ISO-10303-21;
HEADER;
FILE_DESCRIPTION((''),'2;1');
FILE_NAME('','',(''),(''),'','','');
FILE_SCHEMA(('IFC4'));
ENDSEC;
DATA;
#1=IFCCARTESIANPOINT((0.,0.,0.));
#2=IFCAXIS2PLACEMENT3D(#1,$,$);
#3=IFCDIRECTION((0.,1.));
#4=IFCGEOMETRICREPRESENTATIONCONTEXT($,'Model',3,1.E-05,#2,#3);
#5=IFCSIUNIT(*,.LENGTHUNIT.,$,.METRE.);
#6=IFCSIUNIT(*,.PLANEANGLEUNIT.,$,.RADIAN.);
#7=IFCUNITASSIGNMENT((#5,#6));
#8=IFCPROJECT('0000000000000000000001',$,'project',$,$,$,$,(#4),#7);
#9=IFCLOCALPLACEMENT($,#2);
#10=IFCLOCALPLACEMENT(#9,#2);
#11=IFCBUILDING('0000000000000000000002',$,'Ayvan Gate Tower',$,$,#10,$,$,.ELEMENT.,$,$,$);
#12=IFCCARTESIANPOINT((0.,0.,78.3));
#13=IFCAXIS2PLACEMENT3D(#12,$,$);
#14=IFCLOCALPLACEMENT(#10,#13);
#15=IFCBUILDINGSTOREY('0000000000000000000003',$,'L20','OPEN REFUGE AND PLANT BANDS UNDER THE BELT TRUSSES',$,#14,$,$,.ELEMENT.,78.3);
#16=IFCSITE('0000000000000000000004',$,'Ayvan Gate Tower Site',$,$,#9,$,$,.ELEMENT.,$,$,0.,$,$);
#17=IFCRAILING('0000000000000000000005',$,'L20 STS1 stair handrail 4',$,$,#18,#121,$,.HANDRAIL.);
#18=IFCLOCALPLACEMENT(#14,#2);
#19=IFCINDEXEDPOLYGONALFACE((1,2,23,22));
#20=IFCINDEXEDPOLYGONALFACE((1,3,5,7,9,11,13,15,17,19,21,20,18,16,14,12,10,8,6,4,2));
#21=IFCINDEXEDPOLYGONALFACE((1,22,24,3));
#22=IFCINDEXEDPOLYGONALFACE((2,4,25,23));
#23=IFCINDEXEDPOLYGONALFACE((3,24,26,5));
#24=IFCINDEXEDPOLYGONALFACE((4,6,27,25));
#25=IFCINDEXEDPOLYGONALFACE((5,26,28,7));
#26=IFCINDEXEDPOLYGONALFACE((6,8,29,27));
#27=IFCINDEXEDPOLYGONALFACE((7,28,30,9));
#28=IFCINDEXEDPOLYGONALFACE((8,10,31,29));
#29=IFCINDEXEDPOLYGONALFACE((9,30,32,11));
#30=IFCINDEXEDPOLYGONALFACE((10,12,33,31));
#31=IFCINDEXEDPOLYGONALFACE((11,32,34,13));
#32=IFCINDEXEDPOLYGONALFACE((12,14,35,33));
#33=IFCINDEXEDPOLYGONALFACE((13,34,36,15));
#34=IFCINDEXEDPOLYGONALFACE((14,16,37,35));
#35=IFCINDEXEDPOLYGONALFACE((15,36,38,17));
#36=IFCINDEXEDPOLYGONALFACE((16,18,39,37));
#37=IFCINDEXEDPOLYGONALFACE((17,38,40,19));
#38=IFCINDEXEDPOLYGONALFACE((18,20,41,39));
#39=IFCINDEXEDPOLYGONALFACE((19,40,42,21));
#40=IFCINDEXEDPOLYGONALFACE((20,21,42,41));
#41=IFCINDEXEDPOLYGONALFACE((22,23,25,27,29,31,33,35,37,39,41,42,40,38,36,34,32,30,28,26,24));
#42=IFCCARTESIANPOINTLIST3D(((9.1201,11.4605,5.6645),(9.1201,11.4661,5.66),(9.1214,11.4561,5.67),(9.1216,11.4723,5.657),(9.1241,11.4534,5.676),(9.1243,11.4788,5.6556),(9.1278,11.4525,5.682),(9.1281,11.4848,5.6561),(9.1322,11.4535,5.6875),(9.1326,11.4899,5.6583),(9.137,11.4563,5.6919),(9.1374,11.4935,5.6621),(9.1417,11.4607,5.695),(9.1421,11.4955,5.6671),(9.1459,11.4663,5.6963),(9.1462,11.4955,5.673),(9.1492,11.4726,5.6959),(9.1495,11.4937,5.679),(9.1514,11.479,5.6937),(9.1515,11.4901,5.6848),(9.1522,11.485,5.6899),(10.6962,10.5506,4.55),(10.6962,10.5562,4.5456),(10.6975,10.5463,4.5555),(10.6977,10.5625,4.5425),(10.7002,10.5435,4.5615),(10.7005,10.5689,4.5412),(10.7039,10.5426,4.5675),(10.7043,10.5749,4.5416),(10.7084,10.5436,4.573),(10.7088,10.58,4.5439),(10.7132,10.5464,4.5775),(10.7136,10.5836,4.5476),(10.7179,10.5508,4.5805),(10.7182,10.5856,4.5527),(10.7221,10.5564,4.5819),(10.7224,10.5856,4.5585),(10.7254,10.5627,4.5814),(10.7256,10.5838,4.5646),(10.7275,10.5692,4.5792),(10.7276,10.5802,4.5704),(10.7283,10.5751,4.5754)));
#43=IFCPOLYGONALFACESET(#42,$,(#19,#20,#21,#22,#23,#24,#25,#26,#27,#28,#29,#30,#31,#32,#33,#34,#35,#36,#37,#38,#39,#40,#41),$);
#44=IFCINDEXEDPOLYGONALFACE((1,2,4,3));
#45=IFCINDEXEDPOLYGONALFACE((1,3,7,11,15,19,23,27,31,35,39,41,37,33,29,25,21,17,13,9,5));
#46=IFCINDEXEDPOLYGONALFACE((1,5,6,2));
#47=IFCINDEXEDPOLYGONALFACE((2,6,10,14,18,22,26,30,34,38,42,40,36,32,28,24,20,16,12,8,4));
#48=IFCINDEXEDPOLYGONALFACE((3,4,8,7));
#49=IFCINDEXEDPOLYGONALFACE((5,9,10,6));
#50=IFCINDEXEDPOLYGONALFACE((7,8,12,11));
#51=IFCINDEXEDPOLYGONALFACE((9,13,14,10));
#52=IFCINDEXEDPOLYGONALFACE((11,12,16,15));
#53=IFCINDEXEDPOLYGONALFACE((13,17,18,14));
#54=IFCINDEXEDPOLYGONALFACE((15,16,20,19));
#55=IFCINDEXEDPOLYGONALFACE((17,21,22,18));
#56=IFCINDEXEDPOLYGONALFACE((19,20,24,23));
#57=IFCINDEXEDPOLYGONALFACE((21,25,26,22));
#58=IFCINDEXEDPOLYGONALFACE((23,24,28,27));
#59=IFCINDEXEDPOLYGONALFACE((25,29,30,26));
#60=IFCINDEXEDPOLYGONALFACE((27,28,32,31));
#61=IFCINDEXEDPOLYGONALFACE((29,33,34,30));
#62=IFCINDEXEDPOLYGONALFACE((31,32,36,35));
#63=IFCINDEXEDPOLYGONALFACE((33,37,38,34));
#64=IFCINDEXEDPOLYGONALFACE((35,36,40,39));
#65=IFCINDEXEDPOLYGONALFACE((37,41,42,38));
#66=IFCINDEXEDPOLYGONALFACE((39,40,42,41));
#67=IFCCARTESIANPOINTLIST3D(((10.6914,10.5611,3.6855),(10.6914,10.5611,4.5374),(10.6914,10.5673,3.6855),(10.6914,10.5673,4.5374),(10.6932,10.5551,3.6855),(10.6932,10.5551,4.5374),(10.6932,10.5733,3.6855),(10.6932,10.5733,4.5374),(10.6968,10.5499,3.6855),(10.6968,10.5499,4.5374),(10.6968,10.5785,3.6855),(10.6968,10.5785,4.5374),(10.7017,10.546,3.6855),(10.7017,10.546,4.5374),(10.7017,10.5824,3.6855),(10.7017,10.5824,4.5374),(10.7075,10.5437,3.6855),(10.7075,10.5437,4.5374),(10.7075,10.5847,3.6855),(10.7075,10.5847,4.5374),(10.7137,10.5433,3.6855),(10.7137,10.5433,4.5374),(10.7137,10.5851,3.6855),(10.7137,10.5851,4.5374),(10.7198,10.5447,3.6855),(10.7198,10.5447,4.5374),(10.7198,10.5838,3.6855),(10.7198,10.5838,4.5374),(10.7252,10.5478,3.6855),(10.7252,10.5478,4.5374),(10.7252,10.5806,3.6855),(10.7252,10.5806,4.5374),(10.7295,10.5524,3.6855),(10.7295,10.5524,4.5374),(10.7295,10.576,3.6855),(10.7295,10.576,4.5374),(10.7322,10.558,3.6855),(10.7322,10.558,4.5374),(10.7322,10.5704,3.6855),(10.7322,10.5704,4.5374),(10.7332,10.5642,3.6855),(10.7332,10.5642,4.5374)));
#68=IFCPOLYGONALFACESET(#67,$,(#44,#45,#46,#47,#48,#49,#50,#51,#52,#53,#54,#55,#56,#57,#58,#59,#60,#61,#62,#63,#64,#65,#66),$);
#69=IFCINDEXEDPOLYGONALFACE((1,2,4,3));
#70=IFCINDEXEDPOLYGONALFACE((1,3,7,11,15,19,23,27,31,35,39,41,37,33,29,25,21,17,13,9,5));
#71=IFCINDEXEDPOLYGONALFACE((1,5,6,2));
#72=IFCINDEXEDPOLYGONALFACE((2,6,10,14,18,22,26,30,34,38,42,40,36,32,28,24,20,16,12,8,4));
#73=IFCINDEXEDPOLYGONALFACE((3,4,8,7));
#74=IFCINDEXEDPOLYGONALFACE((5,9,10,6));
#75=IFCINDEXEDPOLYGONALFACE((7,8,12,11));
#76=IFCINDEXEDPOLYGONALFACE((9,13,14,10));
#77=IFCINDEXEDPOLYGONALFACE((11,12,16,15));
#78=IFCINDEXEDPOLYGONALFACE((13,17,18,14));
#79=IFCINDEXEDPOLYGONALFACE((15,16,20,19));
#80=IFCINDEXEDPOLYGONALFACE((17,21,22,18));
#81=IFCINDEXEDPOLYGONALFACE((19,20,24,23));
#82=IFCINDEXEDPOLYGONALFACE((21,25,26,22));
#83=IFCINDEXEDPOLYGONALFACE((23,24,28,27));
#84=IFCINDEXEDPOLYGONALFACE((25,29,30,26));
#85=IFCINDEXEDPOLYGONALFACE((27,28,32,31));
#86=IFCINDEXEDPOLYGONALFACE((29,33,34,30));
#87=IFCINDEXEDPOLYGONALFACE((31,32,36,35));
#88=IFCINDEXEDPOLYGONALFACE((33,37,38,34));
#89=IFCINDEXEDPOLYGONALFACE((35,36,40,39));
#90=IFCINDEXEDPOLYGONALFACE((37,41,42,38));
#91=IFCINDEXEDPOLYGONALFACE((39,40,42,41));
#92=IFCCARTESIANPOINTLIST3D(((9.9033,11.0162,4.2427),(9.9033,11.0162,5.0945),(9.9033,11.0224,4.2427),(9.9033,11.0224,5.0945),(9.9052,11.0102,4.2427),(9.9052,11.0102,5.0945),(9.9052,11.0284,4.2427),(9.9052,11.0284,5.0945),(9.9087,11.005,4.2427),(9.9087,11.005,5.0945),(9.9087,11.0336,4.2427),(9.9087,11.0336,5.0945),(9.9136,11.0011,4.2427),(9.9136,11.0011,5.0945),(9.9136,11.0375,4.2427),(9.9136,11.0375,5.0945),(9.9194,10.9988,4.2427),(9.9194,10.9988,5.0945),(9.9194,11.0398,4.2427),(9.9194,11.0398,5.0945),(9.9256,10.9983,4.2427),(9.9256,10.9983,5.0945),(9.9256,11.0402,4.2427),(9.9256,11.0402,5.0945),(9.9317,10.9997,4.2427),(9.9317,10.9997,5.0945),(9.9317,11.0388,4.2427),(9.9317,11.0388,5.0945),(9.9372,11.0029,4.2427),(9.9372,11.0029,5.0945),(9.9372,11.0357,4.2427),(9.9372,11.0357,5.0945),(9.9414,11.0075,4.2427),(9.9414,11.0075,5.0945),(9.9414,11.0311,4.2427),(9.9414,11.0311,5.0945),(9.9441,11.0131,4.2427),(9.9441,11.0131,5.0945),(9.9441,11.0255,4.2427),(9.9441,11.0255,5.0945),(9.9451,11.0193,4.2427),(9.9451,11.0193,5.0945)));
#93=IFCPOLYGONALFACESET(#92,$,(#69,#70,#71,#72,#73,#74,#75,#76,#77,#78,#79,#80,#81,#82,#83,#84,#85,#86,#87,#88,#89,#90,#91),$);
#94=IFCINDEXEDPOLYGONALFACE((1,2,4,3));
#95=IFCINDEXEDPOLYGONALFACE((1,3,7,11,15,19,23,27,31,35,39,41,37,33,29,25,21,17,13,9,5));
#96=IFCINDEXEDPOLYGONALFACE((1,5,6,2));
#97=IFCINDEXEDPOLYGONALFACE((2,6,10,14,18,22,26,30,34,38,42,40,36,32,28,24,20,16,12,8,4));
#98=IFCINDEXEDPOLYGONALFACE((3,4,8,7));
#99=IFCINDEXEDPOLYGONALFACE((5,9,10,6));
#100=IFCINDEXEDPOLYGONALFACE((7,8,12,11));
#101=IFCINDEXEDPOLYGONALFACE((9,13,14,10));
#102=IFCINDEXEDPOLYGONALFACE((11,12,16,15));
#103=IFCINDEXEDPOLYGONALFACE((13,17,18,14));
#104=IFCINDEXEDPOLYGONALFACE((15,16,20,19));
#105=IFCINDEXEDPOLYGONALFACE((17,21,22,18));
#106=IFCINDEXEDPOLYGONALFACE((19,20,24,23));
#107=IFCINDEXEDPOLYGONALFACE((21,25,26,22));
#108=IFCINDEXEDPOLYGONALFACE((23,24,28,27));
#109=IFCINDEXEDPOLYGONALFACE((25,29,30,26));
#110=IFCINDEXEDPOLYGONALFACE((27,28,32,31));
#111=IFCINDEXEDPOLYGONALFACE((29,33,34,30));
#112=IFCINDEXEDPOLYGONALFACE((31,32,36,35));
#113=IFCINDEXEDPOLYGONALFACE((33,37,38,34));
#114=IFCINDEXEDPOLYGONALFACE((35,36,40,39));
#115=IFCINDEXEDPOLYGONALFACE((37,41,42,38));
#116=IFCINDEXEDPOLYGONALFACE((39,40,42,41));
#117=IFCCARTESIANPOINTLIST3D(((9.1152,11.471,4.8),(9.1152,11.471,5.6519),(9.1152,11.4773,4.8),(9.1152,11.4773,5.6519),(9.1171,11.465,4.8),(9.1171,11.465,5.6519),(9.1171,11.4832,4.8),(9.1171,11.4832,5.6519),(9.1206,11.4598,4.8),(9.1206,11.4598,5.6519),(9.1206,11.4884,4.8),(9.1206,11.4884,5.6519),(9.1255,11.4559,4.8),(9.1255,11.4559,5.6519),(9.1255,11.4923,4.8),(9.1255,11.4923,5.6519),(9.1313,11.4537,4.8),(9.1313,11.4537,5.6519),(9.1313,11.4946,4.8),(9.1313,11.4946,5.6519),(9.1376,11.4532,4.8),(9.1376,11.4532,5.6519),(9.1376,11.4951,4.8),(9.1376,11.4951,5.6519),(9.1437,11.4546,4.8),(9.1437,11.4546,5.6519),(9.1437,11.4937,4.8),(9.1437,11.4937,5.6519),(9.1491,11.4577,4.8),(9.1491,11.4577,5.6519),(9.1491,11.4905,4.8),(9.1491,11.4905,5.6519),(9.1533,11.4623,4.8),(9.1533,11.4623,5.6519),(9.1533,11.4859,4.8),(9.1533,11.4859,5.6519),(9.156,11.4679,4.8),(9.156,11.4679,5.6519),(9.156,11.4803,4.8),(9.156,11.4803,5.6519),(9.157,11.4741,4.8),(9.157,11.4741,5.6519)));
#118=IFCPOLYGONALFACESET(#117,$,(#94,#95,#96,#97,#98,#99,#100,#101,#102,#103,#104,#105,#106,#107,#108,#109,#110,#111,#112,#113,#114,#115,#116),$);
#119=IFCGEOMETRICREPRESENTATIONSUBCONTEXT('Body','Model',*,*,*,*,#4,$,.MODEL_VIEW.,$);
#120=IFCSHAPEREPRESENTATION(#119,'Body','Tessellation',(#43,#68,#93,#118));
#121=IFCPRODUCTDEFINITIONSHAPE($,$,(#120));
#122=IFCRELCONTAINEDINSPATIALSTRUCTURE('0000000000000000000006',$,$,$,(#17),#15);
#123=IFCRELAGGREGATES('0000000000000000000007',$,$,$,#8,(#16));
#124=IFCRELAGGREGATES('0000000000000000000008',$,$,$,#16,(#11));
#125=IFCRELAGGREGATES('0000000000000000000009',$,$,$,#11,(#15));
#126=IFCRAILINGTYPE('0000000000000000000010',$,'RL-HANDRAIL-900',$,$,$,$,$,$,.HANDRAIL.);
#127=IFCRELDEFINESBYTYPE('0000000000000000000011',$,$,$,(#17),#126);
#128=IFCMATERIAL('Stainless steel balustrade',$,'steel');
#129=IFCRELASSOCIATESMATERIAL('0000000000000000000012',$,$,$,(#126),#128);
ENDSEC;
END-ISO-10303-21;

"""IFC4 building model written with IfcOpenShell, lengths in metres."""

from ifc_helpers import new_model, si_unit, direction, frame, origin, origin_2d, place, context, subcontext, project, spatial, circle, extrude, material, type_object, element, save


model = new_model("IFC4")

# Units and contexts
model_context = context("Model", 3, precision=1e-05, world=origin(), true_north=direction((0.0, 1.0)))
body_context = subcontext(model_context, "Body", "Model", "MODEL_VIEW")
ifc_project = project(units=[si_unit("LENGTHUNIT", "METRE"), si_unit("PLANEANGLEUNIT", "RADIAN")], contexts=[model_context])

# Site, building, storey
site_placement = place(None, origin())
site = spatial("IfcSite", under=ifc_project, at=site_placement, Name="Ayvan Gate Tower Site", CompositionType="ELEMENT", RefElevation=0.0)
building_placement = place(site_placement, origin())
building = spatial("IfcBuilding", under=site, at=building_placement, Name="Ayvan Gate Tower", CompositionType="ELEMENT")
storey_placement = place(building_placement, frame((0.0, 0.0, 78.3)))
storey = spatial("IfcBuildingStorey", under=building, at=storey_placement, Name="L20", Description="OPEN REFUGE AND PLANT BANDS UNDER THE BELT TRUSSES", CompositionType="ELEMENT", Elevation=78.3)

# Railing
ifc_material_1 = material(Name="Stainless steel balustrade", Category="steel")
railing_type_1 = type_object("IfcRailingType", Name="RL-HANDRAIL-900", PredefinedType="HANDRAIL", material=ifc_material_1)
railing_1_placement = place(storey_placement, frame((10.7122, 10.5642, 3.6855)))
element("IfcRailing", 1, at=railing_1_placement, inside=storey, type_object=railing_type_1, Name="L20 STS1 stair handrail 4", PredefinedType="HANDRAIL", context=body_context, shape_type="SweptSolid", body=[
    extrude(circle(Radius=0.0239, at=origin_2d()), frame((0.0, 0.0, 0.876), z_axis=(-0.738566, 0.426369, 0.522236), x_axis=(-0.499962, -0.866047, 0.0)), (0.0, 0.0, 1.0), 2.134),
    extrude(circle(Radius=0.021, at=origin_2d()), origin(), (0.0, 0.0, 1.0), 0.8518),
    extrude(circle(Radius=0.021, at=origin_2d()), frame((-0.7881, 0.4551, 0.5571)), (0.0, 0.0, 1.0), 0.8518),
    extrude(circle(Radius=0.021, at=origin_2d()), frame((-1.5762, 0.9099, 1.1145)), (0.0, 0.0, 1.0), 0.8518),
])

save(model, "model.ifc")
